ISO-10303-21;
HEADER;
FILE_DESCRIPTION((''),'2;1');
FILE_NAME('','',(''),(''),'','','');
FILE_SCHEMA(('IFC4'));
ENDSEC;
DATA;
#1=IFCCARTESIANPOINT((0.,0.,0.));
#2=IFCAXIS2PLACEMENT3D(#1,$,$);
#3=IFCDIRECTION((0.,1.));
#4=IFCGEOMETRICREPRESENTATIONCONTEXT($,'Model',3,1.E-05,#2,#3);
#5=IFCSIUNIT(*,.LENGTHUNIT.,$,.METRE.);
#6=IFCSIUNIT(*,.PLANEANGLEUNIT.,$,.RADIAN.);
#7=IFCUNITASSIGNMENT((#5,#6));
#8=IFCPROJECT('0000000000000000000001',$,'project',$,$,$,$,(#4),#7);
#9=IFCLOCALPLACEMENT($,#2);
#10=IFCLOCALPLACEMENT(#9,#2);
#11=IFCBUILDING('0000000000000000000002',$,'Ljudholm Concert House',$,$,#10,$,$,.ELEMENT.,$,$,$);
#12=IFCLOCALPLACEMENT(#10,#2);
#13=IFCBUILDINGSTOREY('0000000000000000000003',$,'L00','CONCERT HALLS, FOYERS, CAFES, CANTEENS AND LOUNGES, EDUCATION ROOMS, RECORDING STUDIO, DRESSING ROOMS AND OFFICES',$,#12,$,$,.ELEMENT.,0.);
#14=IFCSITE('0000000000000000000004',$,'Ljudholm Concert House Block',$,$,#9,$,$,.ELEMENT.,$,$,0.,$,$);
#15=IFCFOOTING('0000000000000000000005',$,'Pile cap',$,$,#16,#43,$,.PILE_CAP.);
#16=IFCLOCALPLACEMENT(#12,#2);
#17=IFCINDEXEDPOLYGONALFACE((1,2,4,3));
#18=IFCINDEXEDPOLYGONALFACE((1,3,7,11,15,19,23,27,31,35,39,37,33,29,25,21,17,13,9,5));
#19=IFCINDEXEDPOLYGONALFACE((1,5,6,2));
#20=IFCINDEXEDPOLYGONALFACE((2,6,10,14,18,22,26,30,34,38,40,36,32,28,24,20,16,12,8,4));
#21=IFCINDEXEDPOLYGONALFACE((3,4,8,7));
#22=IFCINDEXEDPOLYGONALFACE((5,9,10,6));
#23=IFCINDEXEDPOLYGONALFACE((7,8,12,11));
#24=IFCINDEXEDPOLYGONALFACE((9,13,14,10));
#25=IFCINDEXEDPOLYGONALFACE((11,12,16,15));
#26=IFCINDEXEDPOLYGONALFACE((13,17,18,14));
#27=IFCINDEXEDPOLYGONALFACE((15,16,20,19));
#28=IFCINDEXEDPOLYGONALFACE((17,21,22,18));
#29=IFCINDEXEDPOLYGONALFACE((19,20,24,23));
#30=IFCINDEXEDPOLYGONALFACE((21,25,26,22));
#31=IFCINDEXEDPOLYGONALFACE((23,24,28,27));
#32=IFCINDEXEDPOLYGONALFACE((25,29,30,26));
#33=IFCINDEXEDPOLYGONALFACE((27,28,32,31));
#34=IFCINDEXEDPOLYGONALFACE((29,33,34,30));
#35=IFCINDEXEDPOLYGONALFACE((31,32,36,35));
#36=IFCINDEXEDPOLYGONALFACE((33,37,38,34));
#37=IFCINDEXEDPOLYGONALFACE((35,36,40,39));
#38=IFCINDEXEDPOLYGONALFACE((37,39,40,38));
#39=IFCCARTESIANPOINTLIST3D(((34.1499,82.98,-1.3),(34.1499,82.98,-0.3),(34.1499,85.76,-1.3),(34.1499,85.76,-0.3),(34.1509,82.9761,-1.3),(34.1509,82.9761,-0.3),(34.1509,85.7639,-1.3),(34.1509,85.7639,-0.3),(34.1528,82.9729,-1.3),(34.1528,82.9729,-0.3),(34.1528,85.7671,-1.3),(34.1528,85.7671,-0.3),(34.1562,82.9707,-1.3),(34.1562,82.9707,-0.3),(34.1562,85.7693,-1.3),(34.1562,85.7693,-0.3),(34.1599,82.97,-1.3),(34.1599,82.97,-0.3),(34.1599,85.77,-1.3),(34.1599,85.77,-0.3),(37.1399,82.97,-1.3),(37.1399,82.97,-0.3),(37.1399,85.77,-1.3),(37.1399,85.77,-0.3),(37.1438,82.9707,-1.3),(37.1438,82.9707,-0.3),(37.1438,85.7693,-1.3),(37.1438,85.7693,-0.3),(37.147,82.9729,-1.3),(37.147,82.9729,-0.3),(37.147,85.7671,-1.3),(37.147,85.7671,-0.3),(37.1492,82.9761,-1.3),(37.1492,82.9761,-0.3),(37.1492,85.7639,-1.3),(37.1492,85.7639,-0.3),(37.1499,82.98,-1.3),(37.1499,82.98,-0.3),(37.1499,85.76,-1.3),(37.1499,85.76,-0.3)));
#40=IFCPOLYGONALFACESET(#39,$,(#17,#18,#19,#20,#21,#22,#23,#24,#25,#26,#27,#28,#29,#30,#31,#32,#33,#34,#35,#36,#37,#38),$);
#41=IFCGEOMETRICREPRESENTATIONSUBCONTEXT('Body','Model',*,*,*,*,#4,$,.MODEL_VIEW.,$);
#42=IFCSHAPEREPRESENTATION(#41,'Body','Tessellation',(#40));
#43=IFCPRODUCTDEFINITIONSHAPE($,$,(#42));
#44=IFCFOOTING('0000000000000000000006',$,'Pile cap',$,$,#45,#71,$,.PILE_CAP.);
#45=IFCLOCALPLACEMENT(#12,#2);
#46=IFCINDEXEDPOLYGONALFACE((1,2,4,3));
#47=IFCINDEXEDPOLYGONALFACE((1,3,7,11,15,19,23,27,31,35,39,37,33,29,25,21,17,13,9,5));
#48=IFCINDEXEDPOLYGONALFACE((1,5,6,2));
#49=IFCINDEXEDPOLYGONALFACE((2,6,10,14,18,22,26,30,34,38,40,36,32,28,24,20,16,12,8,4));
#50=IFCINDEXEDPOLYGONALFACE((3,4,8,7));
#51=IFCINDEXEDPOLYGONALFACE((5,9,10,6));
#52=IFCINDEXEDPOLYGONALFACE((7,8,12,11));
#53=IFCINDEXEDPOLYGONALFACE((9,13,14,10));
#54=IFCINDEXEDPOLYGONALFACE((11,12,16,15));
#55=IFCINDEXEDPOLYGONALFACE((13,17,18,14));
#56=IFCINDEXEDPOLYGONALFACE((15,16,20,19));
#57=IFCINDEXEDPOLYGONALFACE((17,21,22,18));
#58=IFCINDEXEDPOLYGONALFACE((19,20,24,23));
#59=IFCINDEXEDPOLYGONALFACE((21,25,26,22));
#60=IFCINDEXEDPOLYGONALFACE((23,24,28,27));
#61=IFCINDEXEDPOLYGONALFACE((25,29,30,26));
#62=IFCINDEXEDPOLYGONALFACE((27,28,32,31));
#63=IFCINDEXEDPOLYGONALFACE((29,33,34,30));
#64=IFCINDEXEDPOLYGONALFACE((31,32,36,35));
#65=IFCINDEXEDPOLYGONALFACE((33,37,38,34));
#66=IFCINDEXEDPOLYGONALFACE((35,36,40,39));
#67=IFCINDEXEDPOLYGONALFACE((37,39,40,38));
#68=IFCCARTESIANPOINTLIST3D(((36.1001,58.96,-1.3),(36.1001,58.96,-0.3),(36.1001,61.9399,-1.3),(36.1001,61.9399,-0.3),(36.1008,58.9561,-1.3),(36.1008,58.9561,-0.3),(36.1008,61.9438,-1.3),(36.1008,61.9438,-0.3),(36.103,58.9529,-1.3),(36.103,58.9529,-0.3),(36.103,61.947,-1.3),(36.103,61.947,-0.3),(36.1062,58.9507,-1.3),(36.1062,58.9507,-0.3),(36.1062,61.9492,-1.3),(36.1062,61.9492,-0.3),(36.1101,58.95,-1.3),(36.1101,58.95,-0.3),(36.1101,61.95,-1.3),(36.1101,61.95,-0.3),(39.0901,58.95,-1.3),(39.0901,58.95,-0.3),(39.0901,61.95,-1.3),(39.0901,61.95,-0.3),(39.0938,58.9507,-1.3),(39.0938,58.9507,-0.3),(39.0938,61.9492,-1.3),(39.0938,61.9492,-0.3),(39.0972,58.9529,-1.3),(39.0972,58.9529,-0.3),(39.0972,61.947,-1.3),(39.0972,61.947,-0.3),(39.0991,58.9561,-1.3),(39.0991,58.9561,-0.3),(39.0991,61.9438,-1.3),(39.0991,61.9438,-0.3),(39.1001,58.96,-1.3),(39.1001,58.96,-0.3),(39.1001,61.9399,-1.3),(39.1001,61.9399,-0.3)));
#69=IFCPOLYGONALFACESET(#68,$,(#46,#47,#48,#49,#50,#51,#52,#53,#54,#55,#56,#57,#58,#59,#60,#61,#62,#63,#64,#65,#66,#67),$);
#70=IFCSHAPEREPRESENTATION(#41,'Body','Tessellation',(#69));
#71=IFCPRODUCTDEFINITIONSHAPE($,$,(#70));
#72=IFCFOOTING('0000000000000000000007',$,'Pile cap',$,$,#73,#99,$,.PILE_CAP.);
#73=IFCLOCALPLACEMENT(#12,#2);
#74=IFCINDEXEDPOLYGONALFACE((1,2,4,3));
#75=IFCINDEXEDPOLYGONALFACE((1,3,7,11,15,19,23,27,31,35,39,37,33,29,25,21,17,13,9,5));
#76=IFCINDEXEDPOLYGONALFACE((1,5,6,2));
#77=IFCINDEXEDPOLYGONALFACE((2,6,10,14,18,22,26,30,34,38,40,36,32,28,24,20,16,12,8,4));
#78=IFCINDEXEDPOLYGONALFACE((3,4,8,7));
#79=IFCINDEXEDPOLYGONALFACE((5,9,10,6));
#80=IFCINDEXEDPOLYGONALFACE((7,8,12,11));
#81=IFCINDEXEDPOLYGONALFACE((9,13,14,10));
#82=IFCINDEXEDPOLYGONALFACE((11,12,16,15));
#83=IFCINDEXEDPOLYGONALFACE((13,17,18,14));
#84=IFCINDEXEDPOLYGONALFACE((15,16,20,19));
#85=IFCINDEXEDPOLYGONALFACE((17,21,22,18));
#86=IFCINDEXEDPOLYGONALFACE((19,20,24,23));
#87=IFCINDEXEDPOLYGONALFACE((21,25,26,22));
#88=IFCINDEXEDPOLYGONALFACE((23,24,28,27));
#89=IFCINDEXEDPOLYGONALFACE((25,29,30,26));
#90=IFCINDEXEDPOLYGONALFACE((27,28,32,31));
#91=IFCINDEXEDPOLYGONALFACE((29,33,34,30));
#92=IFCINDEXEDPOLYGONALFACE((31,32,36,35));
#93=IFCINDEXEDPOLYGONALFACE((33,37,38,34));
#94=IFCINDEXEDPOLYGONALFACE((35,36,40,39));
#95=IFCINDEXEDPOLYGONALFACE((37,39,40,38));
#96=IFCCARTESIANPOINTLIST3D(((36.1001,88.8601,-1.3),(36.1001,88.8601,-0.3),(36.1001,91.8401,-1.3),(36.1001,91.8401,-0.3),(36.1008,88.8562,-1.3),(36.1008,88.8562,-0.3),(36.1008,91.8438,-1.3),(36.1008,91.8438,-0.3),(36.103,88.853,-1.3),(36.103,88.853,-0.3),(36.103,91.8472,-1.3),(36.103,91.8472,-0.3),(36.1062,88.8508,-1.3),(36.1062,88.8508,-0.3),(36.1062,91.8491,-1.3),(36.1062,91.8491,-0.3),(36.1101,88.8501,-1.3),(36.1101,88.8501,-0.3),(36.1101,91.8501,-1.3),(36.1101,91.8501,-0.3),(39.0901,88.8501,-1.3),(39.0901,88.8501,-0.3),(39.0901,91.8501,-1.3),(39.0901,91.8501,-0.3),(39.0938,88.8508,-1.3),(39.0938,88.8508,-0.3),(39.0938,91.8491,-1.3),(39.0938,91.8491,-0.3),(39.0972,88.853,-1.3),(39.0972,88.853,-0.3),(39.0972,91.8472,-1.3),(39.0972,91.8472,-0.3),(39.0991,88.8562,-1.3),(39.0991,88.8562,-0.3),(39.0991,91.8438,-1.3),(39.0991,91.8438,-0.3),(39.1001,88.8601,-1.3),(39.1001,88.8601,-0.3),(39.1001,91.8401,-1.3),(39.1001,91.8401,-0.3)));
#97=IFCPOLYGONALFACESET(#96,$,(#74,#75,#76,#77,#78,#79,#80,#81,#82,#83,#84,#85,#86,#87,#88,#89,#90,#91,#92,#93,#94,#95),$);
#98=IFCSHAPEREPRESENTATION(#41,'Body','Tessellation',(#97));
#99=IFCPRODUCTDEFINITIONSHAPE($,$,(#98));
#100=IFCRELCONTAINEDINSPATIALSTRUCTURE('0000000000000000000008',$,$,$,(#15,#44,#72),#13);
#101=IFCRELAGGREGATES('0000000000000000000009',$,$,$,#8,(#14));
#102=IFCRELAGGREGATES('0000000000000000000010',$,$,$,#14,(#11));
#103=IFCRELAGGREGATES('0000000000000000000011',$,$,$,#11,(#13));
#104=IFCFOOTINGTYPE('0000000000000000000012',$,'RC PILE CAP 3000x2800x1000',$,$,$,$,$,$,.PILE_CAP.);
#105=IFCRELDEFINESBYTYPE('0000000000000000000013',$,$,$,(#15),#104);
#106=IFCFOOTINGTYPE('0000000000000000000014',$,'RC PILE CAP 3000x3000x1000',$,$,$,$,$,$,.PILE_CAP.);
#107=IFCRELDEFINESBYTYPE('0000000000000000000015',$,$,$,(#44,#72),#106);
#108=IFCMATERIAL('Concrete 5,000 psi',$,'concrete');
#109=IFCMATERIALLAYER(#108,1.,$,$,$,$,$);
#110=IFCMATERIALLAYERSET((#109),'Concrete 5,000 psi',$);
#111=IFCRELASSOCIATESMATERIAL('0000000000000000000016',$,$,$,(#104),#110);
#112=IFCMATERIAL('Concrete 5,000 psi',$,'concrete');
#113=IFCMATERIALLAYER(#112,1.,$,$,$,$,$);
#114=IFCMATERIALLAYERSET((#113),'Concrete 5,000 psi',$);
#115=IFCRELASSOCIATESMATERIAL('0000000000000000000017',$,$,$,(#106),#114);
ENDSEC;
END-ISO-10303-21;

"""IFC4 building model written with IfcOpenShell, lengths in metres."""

from ifc_helpers import new_model, si_unit, direction, frame, origin, place, context, subcontext, project, spatial, polyline, outline, extrude, material, layer, layer_set, type_object, element, save


model = new_model("IFC4")

# Units and contexts
model_context = context("Model", 3, precision=1e-05, world=origin(), true_north=direction((0.0, 1.0)))
body_context = subcontext(model_context, "Body", "Model", "MODEL_VIEW")
ifc_project = project(units=[si_unit("LENGTHUNIT", "METRE"), si_unit("PLANEANGLEUNIT", "RADIAN")], contexts=[model_context])

# Site, building, storey
site_placement = place(None, origin())
site = spatial("IfcSite", under=ifc_project, at=site_placement, Name="Ljudholm Concert House Block", CompositionType="ELEMENT", RefElevation=0.0)
building_placement = place(site_placement, origin())
building = spatial("IfcBuilding", under=site, at=building_placement, Name="Ljudholm Concert House", CompositionType="ELEMENT")
storey_placement = place(building_placement, origin())
storey = spatial("IfcBuildingStorey", under=building, at=storey_placement, Name="L00", Description="CONCERT HALLS, FOYERS, CAFES, CANTEENS AND LOUNGES, EDUCATION ROOMS, RECORDING STUDIO, DRESSING ROOMS AND OFFICES", CompositionType="ELEMENT", Elevation=0.0)

# Footings
ifc_material_1 = material(Name="Concrete 5,000 psi", Category="concrete")
ifc_layer_1 = layer(ifc_material_1, 1.0)
ifc_layer_set_1 = layer_set([ifc_layer_1], Name="Concrete 5,000 psi")
footing_type_1 = type_object("IfcFootingType", Name="RC PILE CAP 3000x2800x1000", PredefinedType="PILE_CAP", material=ifc_layer_set_1)
footing_1_placement = place(storey_placement, frame((0.0, 0.0, -1.3)))
element("IfcFooting", 1, at=footing_1_placement, inside=storey, type_object=footing_type_1, Name="Pile cap", PredefinedType="PILE_CAP", context=body_context, shape_type="SweptSolid", body=[
    extrude(outline(polyline([(34.1599, 82.97), (37.1399, 82.97), (37.1438, 82.9707), (37.147, 82.9729), (37.1492, 82.9761), (37.1499, 82.98), (37.1499, 85.76), (37.1492, 85.7639), (37.147, 85.7671), (37.1438, 85.7693), (37.1399, 85.77), (34.1599, 85.77), (34.1562, 85.7693), (34.1528, 85.7671), (34.1509, 85.7639), (34.1499, 85.76), (34.1499, 82.98), (34.1509, 82.9761), (34.1528, 82.9729), (34.1562, 82.9707), (34.1599, 82.97)])), origin(), (0.0, 0.0, 1.0), 1.0),
])
ifc_material_2 = material(Name="Concrete 5,000 psi", Category="concrete")
ifc_layer_2 = layer(ifc_material_2, 1.0)
ifc_layer_set_2 = layer_set([ifc_layer_2], Name="Concrete 5,000 psi")
footing_type_2 = type_object("IfcFootingType", Name="RC PILE CAP 3000x3000x1000", PredefinedType="PILE_CAP", material=ifc_layer_set_2)
footing_2_placement = place(storey_placement, frame((0.0, 0.0, -1.3)))
element("IfcFooting", 2, at=footing_2_placement, inside=storey, type_object=footing_type_2, Name="Pile cap", PredefinedType="PILE_CAP", context=body_context, shape_type="SweptSolid", body=[
    extrude(outline(polyline([(36.1101, 58.95), (39.0901, 58.95), (39.0938, 58.9507), (39.0972, 58.9529), (39.0991, 58.9561), (39.1001, 58.96), (39.1001, 61.9399), (39.0991, 61.9438), (39.0972, 61.947), (39.0938, 61.9492), (39.0901, 61.95), (36.1101, 61.95), (36.1062, 61.9492), (36.103, 61.947), (36.1008, 61.9438), (36.1001, 61.9399), (36.1001, 58.96), (36.1008, 58.9561), (36.103, 58.9529), (36.1062, 58.9507), (36.1101, 58.95)])), origin(), (0.0, 0.0, 1.0), 1.0),
])
footing_3_placement = place(storey_placement, frame((0.0, 0.0, -1.3)))
element("IfcFooting", 3, at=footing_3_placement, inside=storey, type_object=footing_type_2, Name="Pile cap", PredefinedType="PILE_CAP", context=body_context, shape_type="SweptSolid", body=[
    extrude(outline(polyline([(36.1101, 88.8501), (39.0901, 88.8501), (39.0938, 88.8508), (39.0972, 88.853), (39.0991, 88.8562), (39.1001, 88.8601), (39.1001, 91.8401), (39.0991, 91.8438), (39.0972, 91.8472), (39.0938, 91.8491), (39.0901, 91.8501), (36.1101, 91.8501), (36.1062, 91.8491), (36.103, 91.8472), (36.1008, 91.8438), (36.1001, 91.8401), (36.1001, 88.8601), (36.1008, 88.8562), (36.103, 88.853), (36.1062, 88.8508), (36.1101, 88.8501)])), origin(), (0.0, 0.0, 1.0), 1.0),
])

save(model, "model.ifc")
